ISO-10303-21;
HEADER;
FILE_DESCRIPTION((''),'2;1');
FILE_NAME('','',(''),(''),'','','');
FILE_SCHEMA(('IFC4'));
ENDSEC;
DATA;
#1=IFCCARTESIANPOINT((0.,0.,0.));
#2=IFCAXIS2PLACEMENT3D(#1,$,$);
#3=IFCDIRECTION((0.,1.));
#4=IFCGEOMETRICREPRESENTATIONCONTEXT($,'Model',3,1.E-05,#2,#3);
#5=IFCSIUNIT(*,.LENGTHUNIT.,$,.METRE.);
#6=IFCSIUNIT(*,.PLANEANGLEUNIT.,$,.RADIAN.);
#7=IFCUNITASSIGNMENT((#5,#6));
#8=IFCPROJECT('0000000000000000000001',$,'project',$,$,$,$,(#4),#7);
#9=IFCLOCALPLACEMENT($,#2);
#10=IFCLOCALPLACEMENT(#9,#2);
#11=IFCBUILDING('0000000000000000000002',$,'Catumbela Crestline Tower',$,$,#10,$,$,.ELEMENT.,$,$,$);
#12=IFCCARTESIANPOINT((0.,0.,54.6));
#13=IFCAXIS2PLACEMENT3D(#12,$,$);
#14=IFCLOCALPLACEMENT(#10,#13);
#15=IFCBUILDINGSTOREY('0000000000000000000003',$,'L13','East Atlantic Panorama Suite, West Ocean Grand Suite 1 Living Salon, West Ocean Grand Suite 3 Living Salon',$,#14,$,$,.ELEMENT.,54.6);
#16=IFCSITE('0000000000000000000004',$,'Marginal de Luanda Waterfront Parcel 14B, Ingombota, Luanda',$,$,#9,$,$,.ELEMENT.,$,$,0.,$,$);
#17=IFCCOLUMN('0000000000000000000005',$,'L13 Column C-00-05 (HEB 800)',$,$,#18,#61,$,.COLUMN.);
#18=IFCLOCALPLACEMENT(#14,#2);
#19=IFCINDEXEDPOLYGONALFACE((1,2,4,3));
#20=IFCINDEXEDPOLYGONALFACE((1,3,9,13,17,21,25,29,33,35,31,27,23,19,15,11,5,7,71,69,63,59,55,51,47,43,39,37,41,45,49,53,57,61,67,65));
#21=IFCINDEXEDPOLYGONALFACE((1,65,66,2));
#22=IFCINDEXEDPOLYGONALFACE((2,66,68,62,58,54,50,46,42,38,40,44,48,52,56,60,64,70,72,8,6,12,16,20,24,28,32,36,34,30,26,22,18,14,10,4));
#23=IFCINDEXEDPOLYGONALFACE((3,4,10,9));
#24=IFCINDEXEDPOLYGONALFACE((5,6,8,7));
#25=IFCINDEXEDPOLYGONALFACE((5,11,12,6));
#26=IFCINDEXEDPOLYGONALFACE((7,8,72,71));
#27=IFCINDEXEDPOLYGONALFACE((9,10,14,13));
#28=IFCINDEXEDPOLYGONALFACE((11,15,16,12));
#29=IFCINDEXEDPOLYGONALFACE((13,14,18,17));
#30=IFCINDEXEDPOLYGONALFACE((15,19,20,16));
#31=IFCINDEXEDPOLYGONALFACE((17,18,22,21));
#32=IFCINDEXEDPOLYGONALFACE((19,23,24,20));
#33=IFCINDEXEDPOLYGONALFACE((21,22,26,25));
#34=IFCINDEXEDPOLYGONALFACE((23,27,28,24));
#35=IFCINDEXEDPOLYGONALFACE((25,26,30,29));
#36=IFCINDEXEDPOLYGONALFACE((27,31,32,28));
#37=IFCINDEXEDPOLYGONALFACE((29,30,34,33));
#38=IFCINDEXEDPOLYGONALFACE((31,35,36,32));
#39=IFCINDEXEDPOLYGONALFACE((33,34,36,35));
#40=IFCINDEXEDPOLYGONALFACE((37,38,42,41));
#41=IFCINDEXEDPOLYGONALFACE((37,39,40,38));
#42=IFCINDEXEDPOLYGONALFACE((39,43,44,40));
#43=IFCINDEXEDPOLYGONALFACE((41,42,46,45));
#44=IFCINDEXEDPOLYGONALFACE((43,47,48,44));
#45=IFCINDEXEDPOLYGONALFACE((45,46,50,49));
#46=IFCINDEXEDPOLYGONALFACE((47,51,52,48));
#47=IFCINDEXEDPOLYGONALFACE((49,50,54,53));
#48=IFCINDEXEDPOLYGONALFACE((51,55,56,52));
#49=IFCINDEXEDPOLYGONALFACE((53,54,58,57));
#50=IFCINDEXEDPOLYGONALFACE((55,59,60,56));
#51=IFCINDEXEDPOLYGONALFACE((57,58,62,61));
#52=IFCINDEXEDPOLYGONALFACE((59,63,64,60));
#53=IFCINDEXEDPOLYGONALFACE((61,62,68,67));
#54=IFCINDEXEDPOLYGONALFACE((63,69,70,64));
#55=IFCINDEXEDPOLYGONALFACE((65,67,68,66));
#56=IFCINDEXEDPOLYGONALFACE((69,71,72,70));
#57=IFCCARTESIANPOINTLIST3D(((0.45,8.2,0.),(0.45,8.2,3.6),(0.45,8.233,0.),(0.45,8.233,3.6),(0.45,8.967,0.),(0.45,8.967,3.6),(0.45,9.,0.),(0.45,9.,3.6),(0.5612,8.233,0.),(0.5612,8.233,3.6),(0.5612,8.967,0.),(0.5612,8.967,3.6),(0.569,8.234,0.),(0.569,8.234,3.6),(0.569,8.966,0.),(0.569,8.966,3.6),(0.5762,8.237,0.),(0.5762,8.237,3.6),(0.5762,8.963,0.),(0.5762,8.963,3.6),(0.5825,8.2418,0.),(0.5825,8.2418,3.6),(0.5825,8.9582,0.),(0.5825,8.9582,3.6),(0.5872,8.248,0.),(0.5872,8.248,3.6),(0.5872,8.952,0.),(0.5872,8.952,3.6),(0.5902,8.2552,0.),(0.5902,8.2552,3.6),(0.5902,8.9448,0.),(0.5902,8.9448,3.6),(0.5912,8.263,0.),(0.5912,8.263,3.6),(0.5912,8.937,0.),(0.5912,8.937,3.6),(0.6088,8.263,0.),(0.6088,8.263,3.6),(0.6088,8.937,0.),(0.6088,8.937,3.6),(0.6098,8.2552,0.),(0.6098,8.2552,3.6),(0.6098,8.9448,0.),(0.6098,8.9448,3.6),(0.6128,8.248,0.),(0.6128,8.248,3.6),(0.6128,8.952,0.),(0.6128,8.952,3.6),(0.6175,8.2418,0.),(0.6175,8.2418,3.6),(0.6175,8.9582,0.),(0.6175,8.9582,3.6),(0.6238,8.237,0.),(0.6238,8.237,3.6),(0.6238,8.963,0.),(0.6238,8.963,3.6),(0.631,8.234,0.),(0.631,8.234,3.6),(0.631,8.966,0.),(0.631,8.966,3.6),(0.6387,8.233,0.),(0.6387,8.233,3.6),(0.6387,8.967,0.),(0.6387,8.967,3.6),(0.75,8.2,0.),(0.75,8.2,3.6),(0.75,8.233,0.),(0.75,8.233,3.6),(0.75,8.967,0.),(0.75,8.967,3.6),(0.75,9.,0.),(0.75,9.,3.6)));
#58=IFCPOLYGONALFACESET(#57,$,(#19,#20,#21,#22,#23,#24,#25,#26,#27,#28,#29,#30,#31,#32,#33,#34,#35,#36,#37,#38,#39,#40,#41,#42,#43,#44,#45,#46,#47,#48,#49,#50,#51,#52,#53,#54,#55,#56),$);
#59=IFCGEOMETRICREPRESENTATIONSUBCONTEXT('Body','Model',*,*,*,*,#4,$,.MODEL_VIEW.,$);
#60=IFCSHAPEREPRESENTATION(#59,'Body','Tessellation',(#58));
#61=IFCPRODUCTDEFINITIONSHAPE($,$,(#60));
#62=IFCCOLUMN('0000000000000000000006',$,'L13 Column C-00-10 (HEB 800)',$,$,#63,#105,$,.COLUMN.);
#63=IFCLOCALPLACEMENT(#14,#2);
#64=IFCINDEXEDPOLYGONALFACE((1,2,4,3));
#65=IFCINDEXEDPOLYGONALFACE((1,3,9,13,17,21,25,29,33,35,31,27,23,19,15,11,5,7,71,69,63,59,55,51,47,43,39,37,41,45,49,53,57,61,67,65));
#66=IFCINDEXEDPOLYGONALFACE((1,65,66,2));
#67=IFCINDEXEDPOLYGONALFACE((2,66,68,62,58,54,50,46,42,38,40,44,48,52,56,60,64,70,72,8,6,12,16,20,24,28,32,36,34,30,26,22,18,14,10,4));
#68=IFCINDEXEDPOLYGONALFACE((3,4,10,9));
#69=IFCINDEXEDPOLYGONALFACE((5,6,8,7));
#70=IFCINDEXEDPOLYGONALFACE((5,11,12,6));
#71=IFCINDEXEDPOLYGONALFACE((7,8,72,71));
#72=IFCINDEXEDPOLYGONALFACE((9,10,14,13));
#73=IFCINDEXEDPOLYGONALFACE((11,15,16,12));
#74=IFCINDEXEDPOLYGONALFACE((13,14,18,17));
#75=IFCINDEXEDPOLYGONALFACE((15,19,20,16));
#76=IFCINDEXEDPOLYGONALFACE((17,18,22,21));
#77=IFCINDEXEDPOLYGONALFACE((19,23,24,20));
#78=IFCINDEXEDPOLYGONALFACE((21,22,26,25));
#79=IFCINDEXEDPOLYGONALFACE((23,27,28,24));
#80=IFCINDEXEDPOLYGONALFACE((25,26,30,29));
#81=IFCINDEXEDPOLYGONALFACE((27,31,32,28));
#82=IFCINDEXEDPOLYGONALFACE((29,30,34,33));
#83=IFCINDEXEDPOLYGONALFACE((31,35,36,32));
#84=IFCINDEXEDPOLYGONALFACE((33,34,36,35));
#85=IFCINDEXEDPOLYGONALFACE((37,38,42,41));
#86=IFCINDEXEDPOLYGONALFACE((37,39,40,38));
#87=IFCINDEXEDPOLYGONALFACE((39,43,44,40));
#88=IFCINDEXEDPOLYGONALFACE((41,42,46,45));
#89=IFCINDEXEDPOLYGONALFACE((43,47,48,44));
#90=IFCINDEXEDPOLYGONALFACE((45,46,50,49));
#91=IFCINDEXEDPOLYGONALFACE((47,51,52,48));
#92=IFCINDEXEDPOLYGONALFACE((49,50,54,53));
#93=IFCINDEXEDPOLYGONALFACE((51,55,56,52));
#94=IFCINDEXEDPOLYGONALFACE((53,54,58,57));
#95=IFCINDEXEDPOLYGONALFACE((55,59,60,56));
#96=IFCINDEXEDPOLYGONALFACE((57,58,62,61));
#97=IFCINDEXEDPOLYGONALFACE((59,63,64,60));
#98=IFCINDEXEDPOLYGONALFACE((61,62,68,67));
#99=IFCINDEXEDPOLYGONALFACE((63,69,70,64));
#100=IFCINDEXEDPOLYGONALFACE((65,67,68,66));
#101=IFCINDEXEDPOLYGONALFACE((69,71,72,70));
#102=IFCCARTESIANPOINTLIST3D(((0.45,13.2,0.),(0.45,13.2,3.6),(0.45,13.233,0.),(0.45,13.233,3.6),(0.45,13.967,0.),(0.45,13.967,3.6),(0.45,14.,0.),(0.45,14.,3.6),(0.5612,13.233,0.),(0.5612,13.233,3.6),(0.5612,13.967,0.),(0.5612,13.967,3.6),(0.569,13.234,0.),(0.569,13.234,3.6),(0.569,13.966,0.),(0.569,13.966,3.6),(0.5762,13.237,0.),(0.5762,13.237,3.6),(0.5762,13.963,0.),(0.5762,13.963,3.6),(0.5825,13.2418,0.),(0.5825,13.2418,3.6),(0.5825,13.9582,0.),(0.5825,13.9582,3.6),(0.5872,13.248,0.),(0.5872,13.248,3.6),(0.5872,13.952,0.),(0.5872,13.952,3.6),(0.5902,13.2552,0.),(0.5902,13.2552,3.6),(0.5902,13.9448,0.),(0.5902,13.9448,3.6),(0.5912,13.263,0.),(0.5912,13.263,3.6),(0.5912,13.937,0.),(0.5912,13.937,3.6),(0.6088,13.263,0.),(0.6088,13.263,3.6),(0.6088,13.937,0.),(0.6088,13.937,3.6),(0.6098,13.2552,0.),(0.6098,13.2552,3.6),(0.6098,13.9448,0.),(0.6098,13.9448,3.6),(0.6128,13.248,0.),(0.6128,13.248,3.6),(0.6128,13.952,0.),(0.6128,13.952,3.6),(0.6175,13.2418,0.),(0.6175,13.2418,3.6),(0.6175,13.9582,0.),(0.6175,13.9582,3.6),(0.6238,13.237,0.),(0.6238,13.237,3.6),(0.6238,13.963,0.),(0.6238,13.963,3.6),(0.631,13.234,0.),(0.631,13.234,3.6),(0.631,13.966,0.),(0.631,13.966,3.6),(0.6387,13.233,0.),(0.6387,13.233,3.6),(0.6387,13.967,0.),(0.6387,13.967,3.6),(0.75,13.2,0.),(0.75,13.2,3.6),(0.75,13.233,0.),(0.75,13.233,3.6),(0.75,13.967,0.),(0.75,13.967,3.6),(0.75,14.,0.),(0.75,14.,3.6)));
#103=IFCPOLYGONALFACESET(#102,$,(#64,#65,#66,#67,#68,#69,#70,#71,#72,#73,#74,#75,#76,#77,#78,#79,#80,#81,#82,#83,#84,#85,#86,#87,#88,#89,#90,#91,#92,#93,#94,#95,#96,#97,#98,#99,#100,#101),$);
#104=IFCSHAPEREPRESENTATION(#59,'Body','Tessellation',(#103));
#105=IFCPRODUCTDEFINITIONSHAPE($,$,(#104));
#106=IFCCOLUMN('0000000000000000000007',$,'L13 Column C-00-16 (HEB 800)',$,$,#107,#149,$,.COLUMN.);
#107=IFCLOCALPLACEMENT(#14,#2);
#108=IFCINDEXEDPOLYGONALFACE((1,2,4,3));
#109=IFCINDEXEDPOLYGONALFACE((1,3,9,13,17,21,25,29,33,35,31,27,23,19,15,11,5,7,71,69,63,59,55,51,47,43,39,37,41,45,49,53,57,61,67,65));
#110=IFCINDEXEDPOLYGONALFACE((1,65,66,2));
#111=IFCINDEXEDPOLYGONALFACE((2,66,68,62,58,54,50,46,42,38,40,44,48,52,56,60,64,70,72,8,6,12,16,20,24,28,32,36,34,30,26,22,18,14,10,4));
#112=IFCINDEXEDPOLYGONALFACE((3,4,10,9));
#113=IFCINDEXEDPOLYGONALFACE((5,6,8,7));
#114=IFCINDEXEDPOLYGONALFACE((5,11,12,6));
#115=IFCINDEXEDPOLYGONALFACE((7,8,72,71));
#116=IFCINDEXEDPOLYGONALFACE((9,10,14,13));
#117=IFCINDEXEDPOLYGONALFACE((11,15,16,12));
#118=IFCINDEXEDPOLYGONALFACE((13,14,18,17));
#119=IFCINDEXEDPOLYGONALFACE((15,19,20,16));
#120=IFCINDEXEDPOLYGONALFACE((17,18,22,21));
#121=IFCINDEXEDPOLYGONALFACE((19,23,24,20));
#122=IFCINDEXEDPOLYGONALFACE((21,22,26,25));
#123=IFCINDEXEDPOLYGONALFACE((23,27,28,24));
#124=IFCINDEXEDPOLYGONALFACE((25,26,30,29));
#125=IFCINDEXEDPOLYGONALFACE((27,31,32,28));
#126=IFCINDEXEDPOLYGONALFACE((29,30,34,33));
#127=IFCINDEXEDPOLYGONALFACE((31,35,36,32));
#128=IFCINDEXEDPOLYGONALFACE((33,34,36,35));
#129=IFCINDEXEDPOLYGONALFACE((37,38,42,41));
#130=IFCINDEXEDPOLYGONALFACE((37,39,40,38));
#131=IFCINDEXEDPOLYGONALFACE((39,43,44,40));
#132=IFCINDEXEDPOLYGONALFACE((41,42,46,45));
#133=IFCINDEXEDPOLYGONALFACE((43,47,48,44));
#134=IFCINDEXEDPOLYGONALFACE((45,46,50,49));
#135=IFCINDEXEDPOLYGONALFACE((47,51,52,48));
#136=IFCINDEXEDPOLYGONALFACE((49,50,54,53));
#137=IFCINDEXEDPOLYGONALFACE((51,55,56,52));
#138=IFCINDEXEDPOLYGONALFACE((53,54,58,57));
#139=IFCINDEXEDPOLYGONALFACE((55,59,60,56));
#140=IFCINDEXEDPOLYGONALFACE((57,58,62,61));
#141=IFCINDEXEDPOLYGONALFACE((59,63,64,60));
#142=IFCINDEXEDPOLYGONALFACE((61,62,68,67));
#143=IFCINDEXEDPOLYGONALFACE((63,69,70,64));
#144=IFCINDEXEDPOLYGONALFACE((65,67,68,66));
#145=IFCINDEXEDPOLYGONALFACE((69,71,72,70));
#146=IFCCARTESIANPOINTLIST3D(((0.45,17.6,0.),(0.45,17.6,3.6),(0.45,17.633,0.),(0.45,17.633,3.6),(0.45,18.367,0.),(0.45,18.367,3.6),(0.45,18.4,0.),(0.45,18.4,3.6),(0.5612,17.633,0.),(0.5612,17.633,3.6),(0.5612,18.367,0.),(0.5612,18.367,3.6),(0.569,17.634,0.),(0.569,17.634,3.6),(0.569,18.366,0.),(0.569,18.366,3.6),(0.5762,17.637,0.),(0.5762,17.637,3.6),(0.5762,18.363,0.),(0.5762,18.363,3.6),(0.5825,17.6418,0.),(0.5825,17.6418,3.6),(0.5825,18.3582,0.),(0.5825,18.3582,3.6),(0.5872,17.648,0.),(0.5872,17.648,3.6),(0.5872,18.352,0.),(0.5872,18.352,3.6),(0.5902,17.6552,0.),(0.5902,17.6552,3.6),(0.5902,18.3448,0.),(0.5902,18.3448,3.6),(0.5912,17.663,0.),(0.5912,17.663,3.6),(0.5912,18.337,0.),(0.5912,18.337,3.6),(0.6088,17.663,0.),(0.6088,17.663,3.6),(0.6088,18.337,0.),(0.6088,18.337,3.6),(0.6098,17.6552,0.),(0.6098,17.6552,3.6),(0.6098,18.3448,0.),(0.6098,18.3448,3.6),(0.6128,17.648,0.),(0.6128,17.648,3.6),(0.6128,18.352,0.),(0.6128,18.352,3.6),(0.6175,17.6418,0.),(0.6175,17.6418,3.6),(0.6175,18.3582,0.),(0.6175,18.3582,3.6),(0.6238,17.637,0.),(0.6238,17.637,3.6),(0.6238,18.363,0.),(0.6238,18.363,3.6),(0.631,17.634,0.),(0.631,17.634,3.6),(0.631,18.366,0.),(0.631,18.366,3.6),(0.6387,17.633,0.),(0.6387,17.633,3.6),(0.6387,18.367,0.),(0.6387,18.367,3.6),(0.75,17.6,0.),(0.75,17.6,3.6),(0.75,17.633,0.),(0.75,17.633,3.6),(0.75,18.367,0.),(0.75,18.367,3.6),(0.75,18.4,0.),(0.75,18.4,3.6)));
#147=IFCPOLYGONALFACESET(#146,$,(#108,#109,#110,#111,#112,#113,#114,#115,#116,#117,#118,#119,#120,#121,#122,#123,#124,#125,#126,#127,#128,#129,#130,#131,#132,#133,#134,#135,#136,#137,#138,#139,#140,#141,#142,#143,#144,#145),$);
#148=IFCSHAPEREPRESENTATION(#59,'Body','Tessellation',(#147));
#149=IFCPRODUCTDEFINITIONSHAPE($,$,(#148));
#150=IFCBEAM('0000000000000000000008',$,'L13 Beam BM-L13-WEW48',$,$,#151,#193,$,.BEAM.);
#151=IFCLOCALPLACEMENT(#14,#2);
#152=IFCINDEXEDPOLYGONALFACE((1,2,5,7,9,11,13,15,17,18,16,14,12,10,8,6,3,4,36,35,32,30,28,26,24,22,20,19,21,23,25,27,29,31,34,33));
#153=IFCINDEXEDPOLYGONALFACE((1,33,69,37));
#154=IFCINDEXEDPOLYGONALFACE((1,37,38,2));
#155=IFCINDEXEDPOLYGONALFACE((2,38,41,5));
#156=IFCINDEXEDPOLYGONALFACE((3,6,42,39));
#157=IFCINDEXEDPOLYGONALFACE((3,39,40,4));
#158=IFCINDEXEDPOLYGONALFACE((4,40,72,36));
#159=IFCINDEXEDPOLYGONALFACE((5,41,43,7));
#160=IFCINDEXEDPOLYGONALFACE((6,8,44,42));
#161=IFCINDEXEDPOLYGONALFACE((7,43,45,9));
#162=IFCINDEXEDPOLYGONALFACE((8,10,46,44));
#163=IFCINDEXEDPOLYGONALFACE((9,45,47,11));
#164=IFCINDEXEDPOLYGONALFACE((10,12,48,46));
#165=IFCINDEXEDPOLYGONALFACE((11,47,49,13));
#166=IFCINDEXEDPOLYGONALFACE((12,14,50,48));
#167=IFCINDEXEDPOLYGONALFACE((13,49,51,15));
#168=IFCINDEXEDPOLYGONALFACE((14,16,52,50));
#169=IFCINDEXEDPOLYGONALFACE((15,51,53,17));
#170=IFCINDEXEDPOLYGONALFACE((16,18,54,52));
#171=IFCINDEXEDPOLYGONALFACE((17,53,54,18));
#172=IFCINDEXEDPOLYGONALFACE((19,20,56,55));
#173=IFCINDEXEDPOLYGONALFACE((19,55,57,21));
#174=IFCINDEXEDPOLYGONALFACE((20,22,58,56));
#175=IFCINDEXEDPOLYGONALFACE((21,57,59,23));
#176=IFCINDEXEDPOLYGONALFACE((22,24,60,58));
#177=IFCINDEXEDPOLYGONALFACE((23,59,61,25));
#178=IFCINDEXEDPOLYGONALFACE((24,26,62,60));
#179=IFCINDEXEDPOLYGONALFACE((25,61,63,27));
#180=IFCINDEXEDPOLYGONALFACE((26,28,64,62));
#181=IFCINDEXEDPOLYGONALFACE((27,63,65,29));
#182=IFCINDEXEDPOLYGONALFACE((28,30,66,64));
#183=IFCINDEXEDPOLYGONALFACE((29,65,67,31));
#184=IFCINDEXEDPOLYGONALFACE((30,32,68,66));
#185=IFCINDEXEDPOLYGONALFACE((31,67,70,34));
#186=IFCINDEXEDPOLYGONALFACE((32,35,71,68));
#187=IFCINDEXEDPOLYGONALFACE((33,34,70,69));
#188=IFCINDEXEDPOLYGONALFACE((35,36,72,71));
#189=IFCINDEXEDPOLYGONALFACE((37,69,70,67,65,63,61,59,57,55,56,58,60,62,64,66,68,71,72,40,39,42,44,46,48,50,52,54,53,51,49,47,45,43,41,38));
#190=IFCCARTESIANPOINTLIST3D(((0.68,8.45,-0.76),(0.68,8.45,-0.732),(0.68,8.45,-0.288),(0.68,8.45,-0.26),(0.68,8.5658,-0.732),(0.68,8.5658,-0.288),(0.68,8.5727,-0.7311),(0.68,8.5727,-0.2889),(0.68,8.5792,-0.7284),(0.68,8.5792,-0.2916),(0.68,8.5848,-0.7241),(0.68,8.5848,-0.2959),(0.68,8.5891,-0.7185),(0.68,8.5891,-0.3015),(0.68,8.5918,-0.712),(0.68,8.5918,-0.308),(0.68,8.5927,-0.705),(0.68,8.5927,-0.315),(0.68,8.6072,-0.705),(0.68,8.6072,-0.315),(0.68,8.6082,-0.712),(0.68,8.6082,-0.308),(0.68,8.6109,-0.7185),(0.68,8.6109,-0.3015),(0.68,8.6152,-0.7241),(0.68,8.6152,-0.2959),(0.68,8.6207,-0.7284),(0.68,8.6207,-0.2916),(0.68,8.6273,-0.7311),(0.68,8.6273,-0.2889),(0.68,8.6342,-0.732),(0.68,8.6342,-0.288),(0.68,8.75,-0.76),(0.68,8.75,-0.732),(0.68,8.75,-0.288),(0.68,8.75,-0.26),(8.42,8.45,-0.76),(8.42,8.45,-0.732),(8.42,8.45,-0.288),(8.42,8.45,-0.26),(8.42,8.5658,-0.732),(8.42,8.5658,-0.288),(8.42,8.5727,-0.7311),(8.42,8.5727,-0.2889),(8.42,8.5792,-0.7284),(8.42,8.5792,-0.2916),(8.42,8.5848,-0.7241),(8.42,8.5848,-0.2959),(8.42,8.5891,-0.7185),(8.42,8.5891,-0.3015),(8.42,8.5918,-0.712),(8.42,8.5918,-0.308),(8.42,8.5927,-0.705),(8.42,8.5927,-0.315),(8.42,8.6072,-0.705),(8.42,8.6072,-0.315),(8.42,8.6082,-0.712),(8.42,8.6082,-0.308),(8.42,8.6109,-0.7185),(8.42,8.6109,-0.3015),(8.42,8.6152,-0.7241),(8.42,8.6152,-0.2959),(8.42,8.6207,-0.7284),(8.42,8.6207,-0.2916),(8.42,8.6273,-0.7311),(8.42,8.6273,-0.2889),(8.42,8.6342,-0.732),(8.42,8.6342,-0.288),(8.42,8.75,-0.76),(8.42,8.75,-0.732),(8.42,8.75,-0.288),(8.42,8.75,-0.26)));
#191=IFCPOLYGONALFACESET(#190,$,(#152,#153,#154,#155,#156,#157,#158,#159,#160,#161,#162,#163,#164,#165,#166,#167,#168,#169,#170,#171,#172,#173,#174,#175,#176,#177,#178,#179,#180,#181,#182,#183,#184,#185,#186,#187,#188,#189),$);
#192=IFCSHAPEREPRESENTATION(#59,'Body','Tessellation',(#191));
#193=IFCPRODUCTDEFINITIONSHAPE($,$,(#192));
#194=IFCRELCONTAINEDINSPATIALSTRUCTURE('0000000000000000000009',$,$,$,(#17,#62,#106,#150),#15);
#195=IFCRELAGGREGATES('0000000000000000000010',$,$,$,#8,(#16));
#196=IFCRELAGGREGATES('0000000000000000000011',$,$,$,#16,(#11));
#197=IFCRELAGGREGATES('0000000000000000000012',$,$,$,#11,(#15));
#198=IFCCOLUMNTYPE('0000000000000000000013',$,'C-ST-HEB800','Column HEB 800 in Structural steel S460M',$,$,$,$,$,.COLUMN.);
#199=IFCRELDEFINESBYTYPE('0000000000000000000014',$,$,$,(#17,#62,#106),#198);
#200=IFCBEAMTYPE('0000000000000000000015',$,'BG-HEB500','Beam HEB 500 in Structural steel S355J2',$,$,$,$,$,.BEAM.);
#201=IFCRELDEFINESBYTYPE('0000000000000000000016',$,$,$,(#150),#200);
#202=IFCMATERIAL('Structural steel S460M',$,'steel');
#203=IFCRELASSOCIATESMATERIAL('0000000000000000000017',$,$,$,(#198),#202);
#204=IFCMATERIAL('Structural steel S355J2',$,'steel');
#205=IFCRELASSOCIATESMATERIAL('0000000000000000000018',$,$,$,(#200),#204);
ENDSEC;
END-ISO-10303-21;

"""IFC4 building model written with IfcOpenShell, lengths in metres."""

from ifc_helpers import new_model, si_unit, direction, frame, origin, origin_2d, place, context, subcontext, project, spatial, i_section, extrude, material, material_profile, profile_set, type_object, element, save


model = new_model("IFC4")

# Units and contexts
model_context = context("Model", 3, precision=1e-05, world=origin(), true_north=direction((0.0, 1.0)))
body_context = subcontext(model_context, "Body", "Model", "MODEL_VIEW")
ifc_project = project(units=[si_unit("LENGTHUNIT", "METRE"), si_unit("PLANEANGLEUNIT", "RADIAN")], contexts=[model_context])

# Site, building, storey
site_placement = place(None, origin())
site = spatial("IfcSite", under=ifc_project, at=site_placement, Name="Marginal de Luanda Waterfront Parcel 14B, Ingombota, Luanda", CompositionType="ELEMENT", RefElevation=0.0)
building_placement = place(site_placement, origin())
building = spatial("IfcBuilding", under=site, at=building_placement, Name="Catumbela Crestline Tower", CompositionType="ELEMENT")
storey_placement = place(building_placement, frame((0.0, 0.0, 54.6)))
storey = spatial("IfcBuildingStorey", under=building, at=storey_placement, Name="L13", Description="East Atlantic Panorama Suite, West Ocean Grand Suite 1 Living Salon, West Ocean Grand Suite 3 Living Salon", CompositionType="ELEMENT", Elevation=54.6)

# Columns
ifc_material_1 = material(Name="Structural steel S460M", Category="steel")
ifc_material_profile_1 = material_profile(ifc_material_1, i_section(OverallWidth=0.3, OverallDepth=0.8, WebThickness=0.0175, FlangeThickness=0.033, FilletRadius=0.03, at=origin_2d()), Name="HEB 800")
ifc_profile_set_1 = profile_set([ifc_material_profile_1], Name="Structural steel S460M")
column_type = type_object("IfcColumnType", Name="C-ST-HEB800", Description="Column HEB 800 in Structural steel S460M", PredefinedType="COLUMN", material=ifc_profile_set_1)
for number, where, z_axis, x_axis, name in (
    (1, (0.6, 8.6, 0.0), (0.0, 0.0, 1.0), (1.0, 0.0, 0.0), "L13 Column C-00-05 (HEB 800)"),
    (2, (0.6, 13.6, 0.0), (0.0, 0.0, 1.0), (1.0, 0.0, 0.0), "L13 Column C-00-10 (HEB 800)"),
    (3, (0.6, 18.0, 0.0), (0.0, 0.0, 1.0), (1.0, 0.0, 0.0), "L13 Column C-00-16 (HEB 800)"),
):
    element("IfcColumn", number, at=place(storey_placement, frame(where, z_axis=z_axis, x_axis=x_axis)), inside=storey, type_object=column_type, Name=name, PredefinedType="COLUMN", context=body_context, shape_type="SweptSolid", body=[
        extrude(i_section(OverallWidth=0.3, OverallDepth=0.8, WebThickness=0.0175, FlangeThickness=0.033, FilletRadius=0.03, at=origin_2d()), origin(), (0.0, 0.0, 1.0), 3.6),
    ])

# Beam
ifc_material_2 = material(Name="Structural steel S355J2", Category="steel")
ifc_material_profile_2 = material_profile(ifc_material_2, i_section(OverallWidth=0.3, OverallDepth=0.5, WebThickness=0.0145, FlangeThickness=0.028, FilletRadius=0.027, at=origin_2d()), Name="HEB 500")
ifc_profile_set_2 = profile_set([ifc_material_profile_2], Name="Structural steel S355J2")
beam_type_1 = type_object("IfcBeamType", Name="BG-HEB500", Description="Beam HEB 500 in Structural steel S355J2", PredefinedType="BEAM", material=ifc_profile_set_2)
for number, where, z_axis, x_axis, name in (
    (4, (0.68, 8.6, -0.51), (1.0, 0.0, 0.0), (0.0, 1.0, 0.0), "L13 Beam BM-L13-WEW48"),
):
    element("IfcBeam", number, at=place(storey_placement, frame(where, z_axis=z_axis, x_axis=x_axis)), inside=storey, type_object=beam_type_1, Name=name, PredefinedType="BEAM", context=body_context, shape_type="SweptSolid", body=[
        extrude(i_section(OverallWidth=0.3, OverallDepth=0.5, WebThickness=0.0145, FlangeThickness=0.028, FilletRadius=0.027, at=origin_2d()), origin(), (0.0, 0.0, 1.0), 7.74),
    ])

save(model, "model.ifc")
